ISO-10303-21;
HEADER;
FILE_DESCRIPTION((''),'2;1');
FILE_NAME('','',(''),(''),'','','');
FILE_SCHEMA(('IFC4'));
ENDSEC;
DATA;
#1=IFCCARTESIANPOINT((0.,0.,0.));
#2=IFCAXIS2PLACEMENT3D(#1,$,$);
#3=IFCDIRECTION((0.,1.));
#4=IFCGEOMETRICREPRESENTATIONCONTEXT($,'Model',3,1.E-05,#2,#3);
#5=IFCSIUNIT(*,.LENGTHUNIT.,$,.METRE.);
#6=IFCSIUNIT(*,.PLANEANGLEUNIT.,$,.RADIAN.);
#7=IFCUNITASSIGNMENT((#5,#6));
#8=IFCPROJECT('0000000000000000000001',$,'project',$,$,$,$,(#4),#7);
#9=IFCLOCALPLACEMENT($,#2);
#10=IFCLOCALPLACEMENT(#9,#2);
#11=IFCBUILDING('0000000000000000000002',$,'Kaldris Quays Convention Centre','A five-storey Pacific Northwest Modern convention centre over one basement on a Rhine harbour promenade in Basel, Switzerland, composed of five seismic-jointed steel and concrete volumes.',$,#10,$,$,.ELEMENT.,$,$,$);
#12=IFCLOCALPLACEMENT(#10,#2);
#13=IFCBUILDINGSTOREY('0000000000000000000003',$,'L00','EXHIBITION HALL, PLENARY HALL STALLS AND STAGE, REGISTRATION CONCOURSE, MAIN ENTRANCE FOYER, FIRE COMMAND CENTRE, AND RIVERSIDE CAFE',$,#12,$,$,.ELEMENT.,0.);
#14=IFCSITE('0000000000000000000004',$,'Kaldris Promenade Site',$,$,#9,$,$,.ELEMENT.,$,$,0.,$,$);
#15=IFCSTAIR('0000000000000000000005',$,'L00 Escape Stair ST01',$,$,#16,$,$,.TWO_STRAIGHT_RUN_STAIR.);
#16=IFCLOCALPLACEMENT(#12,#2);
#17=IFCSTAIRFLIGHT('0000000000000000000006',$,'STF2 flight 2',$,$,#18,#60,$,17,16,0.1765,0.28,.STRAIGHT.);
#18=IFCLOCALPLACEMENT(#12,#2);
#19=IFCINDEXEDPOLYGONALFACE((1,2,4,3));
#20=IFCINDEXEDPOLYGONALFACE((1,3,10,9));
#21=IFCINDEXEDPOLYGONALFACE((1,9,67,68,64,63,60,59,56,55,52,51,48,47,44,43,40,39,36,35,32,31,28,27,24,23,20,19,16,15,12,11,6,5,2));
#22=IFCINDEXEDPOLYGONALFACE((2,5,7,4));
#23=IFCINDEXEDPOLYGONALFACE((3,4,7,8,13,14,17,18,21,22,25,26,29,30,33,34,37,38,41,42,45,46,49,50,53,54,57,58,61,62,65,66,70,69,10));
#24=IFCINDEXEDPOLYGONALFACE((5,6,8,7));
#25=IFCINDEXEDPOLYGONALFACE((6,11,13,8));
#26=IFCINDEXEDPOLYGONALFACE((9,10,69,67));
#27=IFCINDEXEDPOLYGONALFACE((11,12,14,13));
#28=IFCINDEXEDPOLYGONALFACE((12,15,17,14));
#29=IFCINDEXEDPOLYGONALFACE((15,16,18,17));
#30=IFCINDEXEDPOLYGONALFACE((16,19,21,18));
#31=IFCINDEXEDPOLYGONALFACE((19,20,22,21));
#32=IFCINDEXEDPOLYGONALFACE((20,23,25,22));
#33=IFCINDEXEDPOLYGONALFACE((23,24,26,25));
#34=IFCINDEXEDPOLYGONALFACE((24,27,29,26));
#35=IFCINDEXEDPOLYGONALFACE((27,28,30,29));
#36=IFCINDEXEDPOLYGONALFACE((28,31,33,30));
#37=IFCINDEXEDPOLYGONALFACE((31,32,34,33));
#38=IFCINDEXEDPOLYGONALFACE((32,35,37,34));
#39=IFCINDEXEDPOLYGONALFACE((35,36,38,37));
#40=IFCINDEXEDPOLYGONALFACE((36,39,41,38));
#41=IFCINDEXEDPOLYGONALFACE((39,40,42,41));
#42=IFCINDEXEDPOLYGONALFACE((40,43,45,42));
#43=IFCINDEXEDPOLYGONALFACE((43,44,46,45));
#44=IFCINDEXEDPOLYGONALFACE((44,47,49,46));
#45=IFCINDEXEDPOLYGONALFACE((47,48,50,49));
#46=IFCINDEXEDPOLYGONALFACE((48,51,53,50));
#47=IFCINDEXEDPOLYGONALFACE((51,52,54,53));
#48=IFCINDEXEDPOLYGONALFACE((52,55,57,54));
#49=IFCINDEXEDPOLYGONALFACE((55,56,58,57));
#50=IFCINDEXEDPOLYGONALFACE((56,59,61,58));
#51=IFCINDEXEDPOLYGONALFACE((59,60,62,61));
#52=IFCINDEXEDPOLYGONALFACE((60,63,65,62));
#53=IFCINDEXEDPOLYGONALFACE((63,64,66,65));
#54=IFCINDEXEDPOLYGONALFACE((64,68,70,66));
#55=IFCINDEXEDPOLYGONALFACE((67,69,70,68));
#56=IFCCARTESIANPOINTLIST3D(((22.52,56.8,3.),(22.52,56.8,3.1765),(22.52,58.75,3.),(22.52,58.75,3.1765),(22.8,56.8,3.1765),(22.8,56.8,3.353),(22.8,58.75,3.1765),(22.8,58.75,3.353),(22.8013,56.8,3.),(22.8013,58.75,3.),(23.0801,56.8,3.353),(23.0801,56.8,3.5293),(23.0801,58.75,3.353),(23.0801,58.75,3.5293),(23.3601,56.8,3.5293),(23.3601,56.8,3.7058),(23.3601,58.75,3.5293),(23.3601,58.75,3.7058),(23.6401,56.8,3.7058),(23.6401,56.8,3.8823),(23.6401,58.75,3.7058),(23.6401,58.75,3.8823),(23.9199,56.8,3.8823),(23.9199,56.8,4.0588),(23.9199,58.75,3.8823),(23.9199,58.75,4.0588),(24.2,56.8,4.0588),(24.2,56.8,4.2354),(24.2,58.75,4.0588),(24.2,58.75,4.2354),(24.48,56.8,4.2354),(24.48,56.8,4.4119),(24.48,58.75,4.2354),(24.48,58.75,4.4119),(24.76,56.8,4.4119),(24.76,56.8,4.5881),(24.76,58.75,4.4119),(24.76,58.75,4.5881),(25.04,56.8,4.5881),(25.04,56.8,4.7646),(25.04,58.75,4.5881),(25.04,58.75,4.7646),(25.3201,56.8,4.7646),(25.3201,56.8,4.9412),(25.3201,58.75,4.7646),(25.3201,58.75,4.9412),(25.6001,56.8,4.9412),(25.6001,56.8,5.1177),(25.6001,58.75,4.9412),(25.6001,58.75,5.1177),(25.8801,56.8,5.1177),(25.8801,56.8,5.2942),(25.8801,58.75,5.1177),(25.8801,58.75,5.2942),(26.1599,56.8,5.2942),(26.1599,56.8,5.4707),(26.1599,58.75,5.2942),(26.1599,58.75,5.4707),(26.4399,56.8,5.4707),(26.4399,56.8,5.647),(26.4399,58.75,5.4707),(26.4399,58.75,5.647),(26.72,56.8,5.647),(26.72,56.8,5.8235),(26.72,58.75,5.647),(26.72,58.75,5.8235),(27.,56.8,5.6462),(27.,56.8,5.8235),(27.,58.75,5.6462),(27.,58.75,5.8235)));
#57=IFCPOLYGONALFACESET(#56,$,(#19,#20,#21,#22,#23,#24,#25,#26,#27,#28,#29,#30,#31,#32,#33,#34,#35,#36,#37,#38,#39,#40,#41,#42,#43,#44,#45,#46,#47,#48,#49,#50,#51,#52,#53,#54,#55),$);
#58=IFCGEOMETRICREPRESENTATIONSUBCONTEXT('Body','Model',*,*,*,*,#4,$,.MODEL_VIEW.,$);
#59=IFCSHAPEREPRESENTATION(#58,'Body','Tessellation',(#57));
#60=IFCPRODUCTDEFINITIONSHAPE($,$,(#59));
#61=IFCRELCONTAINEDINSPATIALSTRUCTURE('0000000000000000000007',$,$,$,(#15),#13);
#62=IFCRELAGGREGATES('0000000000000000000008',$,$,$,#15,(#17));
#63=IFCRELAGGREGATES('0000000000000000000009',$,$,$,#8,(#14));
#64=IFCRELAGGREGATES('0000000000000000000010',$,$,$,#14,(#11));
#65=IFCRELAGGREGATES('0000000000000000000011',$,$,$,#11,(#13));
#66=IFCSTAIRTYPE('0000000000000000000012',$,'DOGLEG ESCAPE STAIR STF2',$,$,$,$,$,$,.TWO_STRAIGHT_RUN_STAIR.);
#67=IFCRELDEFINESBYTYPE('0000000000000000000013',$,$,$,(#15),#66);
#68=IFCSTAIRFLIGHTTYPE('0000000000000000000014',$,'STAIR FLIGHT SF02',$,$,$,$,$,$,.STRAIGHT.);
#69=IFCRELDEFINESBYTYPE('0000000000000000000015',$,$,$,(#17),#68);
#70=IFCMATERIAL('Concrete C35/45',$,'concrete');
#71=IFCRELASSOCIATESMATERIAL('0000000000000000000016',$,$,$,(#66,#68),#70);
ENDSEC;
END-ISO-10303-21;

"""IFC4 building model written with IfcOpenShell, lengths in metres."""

from ifc_helpers import new_model, si_unit, direction, frame, origin, place, context, subcontext, project, spatial, polyline, outline, extrude, material, type_object, element, aggregate, save


model = new_model("IFC4")

# Units and contexts
model_context = context("Model", 3, precision=1e-05, world=origin(), true_north=direction((0.0, 1.0)))
body_context = subcontext(model_context, "Body", "Model", "MODEL_VIEW")
ifc_project = project(units=[si_unit("LENGTHUNIT", "METRE"), si_unit("PLANEANGLEUNIT", "RADIAN")], contexts=[model_context])

# Site, building, storey
site_placement = place(None, origin())
site = spatial("IfcSite", under=ifc_project, at=site_placement, Name="Kaldris Promenade Site", CompositionType="ELEMENT", RefElevation=0.0)
building_placement = place(site_placement, origin())
building = spatial("IfcBuilding", under=site, at=building_placement, Name="Kaldris Quays Convention Centre", Description="A five-storey Pacific Northwest Modern convention centre over one basement on a Rhine harbour promenade in Basel, Switzerland, composed of five seismic-jointed steel and concrete volumes.", CompositionType="ELEMENT")
storey_placement = place(building_placement, origin())
storey = spatial("IfcBuildingStorey", under=building, at=storey_placement, Name="L00", Description="EXHIBITION HALL, PLENARY HALL STALLS AND STAGE, REGISTRATION CONCOURSE, MAIN ENTRANCE FOYER, FIRE COMMAND CENTRE, AND RIVERSIDE CAFE", CompositionType="ELEMENT", Elevation=0.0)

# Shared definitions
ifc_material_1 = material(Name="Concrete C35/45", Category="concrete")

# Stair, stair flight
stair_type = type_object("IfcStairType", Name="DOGLEG ESCAPE STAIR STF2", PredefinedType="TWO_STRAIGHT_RUN_STAIR", material=ifc_material_1)
stair_placement = place(storey_placement, origin())
stair = element("IfcStair", 1, at=stair_placement, inside=storey, type_object=stair_type, Name="L00 Escape Stair ST01", PredefinedType="TWO_STRAIGHT_RUN_STAIR")
stair_flight_type = type_object("IfcStairFlightType", Name="STAIR FLIGHT SF02", PredefinedType="STRAIGHT", material=ifc_material_1)
stair_flight_1_placement = place(storey_placement, frame((22.52, 57.7749, 3.0), z_axis=(0.0, 0.0, 1.0), x_axis=(1.0, 0.0, 0.0)))
stair_flight_1 = element("IfcStairFlight", 2, at=stair_flight_1_placement, type_object=stair_flight_type, Name="STF2 flight 2", NumberOfRisers=17, NumberOfTreads=16, PredefinedType="STRAIGHT", RiserHeight=0.1765, TreadLength=0.28, context=body_context, shape_type="SweptSolid", body=[
    extrude(outline(polyline([(0.0, 0.0), (0.0, 0.1765), (0.28, 0.1765), (0.28, 0.353), (0.5601, 0.353), (0.5601, 0.5293), (0.8401, 0.5293), (0.8401, 0.7058), (1.1201, 0.7058), (1.1201, 0.8823), (1.3999, 0.8823), (1.3999, 1.0588), (1.6799, 1.0588), (1.6799, 1.2354), (1.96, 1.2354), (1.96, 1.4119), (2.24, 1.4119), (2.24, 1.5881), (2.52, 1.5881), (2.52, 1.7646), (2.8, 1.7646), (2.8, 1.9412), (3.0801, 1.9412), (3.0801, 2.1177), (3.3601, 2.1177), (3.3601, 2.2942), (3.6399, 2.2942), (3.6399, 2.4707), (3.9199, 2.4707), (3.9199, 2.647), (4.2, 2.647), (4.2, 2.8235), (4.48, 2.8235), (4.48, 3.0), (4.48, 2.6462), (0.2812, 0.0), (0.0, 0.0)])), frame((0.0, 0.9751, 0.0), z_axis=(0.0, -1.0, 0.0), x_axis=(1.0, 0.0, 0.0)), (0.0, 0.0, 1.0), 1.95),
])
aggregate(stair, [stair_flight_1])

save(model, "model.ifc")
